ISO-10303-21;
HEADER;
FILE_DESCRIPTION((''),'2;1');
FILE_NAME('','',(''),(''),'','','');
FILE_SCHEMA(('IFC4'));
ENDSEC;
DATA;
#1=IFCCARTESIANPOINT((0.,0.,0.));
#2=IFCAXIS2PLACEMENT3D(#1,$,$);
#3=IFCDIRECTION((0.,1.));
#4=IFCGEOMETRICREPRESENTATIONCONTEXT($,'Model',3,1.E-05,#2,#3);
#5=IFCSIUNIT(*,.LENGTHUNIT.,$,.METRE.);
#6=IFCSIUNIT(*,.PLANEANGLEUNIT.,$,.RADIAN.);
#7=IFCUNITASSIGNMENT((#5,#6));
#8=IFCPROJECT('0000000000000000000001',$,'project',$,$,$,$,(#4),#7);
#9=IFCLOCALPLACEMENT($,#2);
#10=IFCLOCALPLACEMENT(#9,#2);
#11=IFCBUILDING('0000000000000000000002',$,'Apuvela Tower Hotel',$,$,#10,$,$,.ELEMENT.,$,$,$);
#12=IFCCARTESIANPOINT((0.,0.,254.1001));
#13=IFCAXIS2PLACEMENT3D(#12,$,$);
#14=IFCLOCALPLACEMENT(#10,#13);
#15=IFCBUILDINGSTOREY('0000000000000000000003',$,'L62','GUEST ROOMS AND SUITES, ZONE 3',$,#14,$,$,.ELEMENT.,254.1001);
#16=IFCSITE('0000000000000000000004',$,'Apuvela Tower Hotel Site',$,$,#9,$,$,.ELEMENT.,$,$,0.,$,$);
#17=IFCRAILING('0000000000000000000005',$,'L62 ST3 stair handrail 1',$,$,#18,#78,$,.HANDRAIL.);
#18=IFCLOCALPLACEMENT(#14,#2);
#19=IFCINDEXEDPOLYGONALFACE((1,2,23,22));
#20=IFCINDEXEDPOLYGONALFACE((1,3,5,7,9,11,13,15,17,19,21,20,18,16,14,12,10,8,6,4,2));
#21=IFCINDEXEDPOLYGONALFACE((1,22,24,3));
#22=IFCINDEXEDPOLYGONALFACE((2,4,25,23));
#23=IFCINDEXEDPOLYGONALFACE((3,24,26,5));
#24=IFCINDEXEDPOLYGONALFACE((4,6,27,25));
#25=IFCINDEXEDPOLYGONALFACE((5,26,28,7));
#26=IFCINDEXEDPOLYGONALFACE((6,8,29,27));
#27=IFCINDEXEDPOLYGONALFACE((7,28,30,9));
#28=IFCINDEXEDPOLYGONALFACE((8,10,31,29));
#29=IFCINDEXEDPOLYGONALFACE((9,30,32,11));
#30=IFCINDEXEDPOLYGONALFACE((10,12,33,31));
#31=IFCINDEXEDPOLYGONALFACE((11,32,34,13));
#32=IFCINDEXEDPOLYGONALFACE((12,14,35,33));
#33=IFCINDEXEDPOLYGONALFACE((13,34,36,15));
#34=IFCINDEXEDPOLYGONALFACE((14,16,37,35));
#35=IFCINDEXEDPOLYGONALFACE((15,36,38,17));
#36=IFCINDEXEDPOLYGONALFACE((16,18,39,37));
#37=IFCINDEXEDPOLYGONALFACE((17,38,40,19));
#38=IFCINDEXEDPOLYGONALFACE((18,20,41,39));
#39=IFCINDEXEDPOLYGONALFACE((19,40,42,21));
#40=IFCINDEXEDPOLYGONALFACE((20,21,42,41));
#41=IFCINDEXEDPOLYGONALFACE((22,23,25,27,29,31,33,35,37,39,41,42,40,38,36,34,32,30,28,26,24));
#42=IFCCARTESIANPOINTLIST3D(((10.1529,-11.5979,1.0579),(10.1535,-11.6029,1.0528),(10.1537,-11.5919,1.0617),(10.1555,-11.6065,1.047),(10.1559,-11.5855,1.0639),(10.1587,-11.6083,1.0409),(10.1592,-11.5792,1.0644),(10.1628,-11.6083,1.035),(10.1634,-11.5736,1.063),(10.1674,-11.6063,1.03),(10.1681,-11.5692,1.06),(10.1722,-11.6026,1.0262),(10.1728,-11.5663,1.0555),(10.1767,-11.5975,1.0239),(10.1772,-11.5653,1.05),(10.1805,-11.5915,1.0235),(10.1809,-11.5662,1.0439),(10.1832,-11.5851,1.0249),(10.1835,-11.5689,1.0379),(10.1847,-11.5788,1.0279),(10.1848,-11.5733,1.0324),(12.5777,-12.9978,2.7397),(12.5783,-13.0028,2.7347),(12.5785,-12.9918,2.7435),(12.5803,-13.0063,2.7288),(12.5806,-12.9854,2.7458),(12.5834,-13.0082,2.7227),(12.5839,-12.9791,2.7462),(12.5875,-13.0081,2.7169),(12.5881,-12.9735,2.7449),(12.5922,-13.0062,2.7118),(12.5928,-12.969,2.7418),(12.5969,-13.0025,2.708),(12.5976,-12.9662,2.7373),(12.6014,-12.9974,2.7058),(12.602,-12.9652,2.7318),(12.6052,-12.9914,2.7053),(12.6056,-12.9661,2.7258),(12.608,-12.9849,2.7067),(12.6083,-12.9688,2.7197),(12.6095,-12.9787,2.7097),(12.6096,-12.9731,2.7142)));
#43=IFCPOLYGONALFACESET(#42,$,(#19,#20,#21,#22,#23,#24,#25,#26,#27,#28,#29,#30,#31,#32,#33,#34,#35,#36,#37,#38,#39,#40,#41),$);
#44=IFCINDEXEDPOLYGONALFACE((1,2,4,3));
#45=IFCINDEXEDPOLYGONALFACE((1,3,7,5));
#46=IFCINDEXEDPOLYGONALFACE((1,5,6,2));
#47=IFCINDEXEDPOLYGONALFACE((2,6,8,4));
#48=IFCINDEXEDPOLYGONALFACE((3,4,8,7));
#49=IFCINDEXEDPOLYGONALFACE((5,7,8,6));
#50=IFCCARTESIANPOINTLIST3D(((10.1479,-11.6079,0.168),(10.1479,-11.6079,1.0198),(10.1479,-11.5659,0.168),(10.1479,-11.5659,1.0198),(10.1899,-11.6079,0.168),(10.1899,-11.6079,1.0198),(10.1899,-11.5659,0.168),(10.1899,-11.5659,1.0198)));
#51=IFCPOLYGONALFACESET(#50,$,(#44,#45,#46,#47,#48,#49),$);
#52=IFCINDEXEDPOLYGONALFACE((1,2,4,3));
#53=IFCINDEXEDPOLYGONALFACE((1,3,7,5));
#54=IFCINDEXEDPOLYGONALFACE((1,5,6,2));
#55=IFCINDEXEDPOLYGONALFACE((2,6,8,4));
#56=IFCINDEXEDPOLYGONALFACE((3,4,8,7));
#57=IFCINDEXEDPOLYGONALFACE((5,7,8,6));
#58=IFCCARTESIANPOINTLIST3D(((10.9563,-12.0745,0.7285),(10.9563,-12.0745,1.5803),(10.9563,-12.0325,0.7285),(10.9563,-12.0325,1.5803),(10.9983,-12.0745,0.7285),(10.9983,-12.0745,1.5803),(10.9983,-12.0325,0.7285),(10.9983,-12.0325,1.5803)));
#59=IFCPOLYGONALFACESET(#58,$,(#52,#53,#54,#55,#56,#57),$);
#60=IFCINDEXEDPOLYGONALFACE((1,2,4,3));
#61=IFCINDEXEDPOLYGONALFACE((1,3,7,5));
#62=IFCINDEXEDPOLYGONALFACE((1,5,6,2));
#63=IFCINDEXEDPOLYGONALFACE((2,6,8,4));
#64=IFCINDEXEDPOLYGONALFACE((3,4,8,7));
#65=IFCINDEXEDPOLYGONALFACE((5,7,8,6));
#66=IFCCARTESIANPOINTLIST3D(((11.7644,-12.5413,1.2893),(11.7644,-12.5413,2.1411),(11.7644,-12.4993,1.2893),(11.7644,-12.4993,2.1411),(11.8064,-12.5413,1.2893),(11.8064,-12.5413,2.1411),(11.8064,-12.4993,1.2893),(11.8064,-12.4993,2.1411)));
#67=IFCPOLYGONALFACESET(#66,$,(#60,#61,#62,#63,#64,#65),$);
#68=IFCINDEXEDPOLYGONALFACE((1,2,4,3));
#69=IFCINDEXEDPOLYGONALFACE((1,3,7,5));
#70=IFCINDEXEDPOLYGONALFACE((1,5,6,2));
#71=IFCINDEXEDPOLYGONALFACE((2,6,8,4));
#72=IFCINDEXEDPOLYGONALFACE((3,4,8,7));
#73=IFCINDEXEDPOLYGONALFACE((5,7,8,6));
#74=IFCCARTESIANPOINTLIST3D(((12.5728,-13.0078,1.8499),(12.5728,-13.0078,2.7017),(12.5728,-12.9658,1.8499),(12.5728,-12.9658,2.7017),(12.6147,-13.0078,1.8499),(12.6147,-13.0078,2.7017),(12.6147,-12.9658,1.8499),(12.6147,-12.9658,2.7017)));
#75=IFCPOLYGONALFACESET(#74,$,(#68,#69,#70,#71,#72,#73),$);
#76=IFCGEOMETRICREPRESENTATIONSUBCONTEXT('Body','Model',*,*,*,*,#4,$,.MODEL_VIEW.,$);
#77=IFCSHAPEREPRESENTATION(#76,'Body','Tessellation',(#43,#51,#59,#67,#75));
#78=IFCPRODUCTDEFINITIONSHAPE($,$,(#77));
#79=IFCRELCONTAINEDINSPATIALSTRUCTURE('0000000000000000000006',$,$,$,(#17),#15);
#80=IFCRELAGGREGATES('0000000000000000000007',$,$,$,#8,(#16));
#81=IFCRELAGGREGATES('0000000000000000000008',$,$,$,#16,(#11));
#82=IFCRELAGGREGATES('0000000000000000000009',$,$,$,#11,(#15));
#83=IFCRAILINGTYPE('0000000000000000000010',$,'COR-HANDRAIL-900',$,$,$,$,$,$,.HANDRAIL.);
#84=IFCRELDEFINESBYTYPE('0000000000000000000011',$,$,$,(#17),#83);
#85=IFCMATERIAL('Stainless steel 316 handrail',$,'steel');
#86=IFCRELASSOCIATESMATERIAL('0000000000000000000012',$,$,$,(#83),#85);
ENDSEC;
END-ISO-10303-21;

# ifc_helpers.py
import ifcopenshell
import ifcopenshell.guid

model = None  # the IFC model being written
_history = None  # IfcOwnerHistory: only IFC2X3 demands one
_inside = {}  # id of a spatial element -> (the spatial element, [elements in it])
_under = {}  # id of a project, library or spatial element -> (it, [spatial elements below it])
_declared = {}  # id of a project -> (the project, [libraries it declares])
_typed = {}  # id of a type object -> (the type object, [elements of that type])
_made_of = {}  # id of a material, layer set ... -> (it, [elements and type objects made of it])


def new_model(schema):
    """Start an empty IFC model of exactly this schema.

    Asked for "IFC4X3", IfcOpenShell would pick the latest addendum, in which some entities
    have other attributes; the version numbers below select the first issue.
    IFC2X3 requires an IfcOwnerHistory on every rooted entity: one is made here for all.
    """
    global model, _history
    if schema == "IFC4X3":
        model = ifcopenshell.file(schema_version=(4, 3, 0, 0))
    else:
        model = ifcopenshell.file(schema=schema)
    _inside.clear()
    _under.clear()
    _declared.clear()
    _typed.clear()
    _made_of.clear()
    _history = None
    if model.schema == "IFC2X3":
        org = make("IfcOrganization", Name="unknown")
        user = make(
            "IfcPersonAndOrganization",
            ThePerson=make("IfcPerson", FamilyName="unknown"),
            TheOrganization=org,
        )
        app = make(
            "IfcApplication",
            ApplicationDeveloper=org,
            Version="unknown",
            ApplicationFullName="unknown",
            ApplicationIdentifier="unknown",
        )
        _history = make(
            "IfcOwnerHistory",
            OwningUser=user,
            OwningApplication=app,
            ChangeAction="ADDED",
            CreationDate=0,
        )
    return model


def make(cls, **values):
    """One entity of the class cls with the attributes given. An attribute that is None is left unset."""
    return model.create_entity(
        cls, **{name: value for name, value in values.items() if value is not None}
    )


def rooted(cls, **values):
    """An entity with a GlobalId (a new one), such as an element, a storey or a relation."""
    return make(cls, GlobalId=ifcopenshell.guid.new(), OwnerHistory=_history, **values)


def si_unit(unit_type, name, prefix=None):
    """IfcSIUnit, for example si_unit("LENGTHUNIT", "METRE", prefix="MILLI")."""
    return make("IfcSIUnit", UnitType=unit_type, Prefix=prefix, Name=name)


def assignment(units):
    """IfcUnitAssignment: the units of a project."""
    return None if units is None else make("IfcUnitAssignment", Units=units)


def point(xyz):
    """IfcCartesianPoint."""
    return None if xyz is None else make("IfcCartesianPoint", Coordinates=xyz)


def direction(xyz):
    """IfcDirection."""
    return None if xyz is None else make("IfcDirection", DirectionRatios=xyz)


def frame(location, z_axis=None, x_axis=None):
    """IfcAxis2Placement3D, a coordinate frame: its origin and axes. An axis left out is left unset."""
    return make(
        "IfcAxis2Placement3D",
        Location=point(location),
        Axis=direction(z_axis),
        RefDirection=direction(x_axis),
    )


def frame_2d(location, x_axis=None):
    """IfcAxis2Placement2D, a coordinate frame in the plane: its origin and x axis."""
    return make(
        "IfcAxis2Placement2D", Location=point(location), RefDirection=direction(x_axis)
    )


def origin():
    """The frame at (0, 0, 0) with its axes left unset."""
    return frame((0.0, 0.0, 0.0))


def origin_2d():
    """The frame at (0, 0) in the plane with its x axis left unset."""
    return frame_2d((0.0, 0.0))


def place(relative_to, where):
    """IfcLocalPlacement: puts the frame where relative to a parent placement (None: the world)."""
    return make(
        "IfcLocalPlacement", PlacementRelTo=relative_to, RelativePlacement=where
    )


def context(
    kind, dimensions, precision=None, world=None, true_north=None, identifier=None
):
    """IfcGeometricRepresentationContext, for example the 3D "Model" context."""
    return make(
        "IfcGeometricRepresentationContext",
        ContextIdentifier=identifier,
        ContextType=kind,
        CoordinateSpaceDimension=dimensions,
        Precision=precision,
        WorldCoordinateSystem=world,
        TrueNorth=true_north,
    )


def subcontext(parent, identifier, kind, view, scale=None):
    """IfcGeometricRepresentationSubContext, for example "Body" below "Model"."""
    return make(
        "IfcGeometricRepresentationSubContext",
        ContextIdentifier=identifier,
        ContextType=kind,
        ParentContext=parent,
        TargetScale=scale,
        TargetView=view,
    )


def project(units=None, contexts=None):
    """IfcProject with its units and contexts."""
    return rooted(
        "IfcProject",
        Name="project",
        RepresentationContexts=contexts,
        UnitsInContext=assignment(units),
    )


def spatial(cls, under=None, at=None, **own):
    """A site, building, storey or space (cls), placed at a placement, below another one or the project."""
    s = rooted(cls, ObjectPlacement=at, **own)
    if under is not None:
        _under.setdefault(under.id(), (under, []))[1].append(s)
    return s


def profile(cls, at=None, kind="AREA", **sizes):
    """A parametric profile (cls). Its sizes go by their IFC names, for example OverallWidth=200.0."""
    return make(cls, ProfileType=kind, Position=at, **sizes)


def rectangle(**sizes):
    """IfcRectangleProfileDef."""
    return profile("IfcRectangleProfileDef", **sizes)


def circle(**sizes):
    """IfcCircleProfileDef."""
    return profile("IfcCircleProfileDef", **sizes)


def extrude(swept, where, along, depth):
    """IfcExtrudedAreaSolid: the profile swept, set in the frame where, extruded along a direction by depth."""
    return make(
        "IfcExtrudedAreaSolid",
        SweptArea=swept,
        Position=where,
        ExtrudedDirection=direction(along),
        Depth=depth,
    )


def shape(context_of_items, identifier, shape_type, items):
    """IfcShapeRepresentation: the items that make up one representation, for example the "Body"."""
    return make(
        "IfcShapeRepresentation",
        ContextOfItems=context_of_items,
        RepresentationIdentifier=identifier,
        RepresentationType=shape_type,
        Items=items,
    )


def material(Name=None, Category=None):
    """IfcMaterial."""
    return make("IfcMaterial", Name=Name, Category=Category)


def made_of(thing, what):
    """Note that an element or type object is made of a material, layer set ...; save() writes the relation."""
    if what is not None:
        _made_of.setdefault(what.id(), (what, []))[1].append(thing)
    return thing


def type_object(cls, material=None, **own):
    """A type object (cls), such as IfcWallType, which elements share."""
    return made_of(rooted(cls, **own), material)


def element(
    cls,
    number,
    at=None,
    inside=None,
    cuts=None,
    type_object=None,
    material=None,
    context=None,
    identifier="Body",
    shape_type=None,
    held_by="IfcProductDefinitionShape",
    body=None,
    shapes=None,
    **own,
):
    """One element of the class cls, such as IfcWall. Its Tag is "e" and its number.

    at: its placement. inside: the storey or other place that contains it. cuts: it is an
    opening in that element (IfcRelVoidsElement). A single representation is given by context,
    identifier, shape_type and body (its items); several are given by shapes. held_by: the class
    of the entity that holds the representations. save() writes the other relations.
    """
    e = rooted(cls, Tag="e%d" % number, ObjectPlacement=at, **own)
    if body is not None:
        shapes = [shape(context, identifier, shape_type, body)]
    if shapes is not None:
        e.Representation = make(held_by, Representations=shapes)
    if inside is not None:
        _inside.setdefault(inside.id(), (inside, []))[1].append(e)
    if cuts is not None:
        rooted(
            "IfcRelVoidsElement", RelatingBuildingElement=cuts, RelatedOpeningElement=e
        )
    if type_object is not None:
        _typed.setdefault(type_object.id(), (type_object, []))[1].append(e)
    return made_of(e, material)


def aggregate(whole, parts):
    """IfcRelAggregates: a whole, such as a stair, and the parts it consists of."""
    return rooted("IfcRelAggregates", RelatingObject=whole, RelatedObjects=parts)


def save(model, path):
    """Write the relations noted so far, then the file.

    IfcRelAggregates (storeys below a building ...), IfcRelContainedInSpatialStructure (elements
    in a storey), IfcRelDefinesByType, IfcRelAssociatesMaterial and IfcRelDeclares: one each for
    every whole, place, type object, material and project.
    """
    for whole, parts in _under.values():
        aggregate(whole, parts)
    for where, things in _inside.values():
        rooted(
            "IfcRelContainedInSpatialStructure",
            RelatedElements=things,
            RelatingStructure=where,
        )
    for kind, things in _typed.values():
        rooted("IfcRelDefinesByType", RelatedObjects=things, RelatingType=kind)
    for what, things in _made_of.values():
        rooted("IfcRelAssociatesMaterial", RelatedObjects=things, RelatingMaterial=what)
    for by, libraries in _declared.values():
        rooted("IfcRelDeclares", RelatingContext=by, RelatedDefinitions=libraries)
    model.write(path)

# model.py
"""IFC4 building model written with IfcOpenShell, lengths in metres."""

from ifc_helpers import new_model, si_unit, direction, frame, origin, origin_2d, place, context, subcontext, project, spatial, rectangle, circle, extrude, material, type_object, element, save


model = new_model("IFC4")

# Units and contexts
model_context = context("Model", 3, precision=1e-05, world=origin(), true_north=direction((0.0, 1.0)))
body_context = subcontext(model_context, "Body", "Model", "MODEL_VIEW")
ifc_project = project(units=[si_unit("LENGTHUNIT", "METRE"), si_unit("PLANEANGLEUNIT", "RADIAN")], contexts=[model_context])

# Site, building, storey
site_placement = place(None, origin())
site = spatial("IfcSite", under=ifc_project, at=site_placement, Name="Apuvela Tower Hotel Site", CompositionType="ELEMENT", RefElevation=0.0)
building_placement = place(site_placement, origin())
building = spatial("IfcBuilding", under=site, at=building_placement, Name="Apuvela Tower Hotel", CompositionType="ELEMENT")
storey_placement = place(building_placement, frame((0.0, 0.0, 254.1001)))
storey = spatial("IfcBuildingStorey", under=building, at=storey_placement, Name="L62", Description="GUEST ROOMS AND SUITES, ZONE 3", CompositionType="ELEMENT", Elevation=254.1001)

# Railing
ifc_material_1 = material(Name="Stainless steel 316 handrail", Category="steel")
railing_type_1 = type_object("IfcRailingType", Name="COR-HANDRAIL-900", PredefinedType="HANDRAIL", material=ifc_material_1)
railing_1_placement = place(storey_placement, frame((10.1689, -11.5869, 0.168)))
element("IfcRailing", 1, at=railing_1_placement, inside=storey, type_object=railing_type_1, Name="L62 ST3 stair handrail 1", PredefinedType="HANDRAIL", context=body_context, shape_type="SweptSolid", body=[
    extrude(circle(Radius=0.0239, at=origin_2d()), frame((0.0, 0.0, 0.876), z_axis=(0.74239, -0.428601, 0.514934), x_axis=(0.499984, 0.866035, 0.0)), (0.0, 0.0, 1.0), 3.2661),
    extrude(rectangle(XDim=0.042, YDim=0.042, at=origin_2d()), origin(), (0.0, 0.0, 1.0), 0.8518),
    extrude(rectangle(XDim=0.042, YDim=0.042, at=origin_2d()), frame((0.8083, -0.4666, 0.5605)), (0.0, 0.0, 1.0), 0.8518),
    extrude(rectangle(XDim=0.042, YDim=0.042, at=origin_2d()), frame((1.6165, -0.9333, 1.1213)), (0.0, 0.0, 1.0), 0.8518),
    extrude(rectangle(XDim=0.042, YDim=0.042, at=origin_2d()), frame((2.4248, -1.3999, 1.6819)), (0.0, 0.0, 1.0), 0.8518),
])

save(model, "model.ifc")
